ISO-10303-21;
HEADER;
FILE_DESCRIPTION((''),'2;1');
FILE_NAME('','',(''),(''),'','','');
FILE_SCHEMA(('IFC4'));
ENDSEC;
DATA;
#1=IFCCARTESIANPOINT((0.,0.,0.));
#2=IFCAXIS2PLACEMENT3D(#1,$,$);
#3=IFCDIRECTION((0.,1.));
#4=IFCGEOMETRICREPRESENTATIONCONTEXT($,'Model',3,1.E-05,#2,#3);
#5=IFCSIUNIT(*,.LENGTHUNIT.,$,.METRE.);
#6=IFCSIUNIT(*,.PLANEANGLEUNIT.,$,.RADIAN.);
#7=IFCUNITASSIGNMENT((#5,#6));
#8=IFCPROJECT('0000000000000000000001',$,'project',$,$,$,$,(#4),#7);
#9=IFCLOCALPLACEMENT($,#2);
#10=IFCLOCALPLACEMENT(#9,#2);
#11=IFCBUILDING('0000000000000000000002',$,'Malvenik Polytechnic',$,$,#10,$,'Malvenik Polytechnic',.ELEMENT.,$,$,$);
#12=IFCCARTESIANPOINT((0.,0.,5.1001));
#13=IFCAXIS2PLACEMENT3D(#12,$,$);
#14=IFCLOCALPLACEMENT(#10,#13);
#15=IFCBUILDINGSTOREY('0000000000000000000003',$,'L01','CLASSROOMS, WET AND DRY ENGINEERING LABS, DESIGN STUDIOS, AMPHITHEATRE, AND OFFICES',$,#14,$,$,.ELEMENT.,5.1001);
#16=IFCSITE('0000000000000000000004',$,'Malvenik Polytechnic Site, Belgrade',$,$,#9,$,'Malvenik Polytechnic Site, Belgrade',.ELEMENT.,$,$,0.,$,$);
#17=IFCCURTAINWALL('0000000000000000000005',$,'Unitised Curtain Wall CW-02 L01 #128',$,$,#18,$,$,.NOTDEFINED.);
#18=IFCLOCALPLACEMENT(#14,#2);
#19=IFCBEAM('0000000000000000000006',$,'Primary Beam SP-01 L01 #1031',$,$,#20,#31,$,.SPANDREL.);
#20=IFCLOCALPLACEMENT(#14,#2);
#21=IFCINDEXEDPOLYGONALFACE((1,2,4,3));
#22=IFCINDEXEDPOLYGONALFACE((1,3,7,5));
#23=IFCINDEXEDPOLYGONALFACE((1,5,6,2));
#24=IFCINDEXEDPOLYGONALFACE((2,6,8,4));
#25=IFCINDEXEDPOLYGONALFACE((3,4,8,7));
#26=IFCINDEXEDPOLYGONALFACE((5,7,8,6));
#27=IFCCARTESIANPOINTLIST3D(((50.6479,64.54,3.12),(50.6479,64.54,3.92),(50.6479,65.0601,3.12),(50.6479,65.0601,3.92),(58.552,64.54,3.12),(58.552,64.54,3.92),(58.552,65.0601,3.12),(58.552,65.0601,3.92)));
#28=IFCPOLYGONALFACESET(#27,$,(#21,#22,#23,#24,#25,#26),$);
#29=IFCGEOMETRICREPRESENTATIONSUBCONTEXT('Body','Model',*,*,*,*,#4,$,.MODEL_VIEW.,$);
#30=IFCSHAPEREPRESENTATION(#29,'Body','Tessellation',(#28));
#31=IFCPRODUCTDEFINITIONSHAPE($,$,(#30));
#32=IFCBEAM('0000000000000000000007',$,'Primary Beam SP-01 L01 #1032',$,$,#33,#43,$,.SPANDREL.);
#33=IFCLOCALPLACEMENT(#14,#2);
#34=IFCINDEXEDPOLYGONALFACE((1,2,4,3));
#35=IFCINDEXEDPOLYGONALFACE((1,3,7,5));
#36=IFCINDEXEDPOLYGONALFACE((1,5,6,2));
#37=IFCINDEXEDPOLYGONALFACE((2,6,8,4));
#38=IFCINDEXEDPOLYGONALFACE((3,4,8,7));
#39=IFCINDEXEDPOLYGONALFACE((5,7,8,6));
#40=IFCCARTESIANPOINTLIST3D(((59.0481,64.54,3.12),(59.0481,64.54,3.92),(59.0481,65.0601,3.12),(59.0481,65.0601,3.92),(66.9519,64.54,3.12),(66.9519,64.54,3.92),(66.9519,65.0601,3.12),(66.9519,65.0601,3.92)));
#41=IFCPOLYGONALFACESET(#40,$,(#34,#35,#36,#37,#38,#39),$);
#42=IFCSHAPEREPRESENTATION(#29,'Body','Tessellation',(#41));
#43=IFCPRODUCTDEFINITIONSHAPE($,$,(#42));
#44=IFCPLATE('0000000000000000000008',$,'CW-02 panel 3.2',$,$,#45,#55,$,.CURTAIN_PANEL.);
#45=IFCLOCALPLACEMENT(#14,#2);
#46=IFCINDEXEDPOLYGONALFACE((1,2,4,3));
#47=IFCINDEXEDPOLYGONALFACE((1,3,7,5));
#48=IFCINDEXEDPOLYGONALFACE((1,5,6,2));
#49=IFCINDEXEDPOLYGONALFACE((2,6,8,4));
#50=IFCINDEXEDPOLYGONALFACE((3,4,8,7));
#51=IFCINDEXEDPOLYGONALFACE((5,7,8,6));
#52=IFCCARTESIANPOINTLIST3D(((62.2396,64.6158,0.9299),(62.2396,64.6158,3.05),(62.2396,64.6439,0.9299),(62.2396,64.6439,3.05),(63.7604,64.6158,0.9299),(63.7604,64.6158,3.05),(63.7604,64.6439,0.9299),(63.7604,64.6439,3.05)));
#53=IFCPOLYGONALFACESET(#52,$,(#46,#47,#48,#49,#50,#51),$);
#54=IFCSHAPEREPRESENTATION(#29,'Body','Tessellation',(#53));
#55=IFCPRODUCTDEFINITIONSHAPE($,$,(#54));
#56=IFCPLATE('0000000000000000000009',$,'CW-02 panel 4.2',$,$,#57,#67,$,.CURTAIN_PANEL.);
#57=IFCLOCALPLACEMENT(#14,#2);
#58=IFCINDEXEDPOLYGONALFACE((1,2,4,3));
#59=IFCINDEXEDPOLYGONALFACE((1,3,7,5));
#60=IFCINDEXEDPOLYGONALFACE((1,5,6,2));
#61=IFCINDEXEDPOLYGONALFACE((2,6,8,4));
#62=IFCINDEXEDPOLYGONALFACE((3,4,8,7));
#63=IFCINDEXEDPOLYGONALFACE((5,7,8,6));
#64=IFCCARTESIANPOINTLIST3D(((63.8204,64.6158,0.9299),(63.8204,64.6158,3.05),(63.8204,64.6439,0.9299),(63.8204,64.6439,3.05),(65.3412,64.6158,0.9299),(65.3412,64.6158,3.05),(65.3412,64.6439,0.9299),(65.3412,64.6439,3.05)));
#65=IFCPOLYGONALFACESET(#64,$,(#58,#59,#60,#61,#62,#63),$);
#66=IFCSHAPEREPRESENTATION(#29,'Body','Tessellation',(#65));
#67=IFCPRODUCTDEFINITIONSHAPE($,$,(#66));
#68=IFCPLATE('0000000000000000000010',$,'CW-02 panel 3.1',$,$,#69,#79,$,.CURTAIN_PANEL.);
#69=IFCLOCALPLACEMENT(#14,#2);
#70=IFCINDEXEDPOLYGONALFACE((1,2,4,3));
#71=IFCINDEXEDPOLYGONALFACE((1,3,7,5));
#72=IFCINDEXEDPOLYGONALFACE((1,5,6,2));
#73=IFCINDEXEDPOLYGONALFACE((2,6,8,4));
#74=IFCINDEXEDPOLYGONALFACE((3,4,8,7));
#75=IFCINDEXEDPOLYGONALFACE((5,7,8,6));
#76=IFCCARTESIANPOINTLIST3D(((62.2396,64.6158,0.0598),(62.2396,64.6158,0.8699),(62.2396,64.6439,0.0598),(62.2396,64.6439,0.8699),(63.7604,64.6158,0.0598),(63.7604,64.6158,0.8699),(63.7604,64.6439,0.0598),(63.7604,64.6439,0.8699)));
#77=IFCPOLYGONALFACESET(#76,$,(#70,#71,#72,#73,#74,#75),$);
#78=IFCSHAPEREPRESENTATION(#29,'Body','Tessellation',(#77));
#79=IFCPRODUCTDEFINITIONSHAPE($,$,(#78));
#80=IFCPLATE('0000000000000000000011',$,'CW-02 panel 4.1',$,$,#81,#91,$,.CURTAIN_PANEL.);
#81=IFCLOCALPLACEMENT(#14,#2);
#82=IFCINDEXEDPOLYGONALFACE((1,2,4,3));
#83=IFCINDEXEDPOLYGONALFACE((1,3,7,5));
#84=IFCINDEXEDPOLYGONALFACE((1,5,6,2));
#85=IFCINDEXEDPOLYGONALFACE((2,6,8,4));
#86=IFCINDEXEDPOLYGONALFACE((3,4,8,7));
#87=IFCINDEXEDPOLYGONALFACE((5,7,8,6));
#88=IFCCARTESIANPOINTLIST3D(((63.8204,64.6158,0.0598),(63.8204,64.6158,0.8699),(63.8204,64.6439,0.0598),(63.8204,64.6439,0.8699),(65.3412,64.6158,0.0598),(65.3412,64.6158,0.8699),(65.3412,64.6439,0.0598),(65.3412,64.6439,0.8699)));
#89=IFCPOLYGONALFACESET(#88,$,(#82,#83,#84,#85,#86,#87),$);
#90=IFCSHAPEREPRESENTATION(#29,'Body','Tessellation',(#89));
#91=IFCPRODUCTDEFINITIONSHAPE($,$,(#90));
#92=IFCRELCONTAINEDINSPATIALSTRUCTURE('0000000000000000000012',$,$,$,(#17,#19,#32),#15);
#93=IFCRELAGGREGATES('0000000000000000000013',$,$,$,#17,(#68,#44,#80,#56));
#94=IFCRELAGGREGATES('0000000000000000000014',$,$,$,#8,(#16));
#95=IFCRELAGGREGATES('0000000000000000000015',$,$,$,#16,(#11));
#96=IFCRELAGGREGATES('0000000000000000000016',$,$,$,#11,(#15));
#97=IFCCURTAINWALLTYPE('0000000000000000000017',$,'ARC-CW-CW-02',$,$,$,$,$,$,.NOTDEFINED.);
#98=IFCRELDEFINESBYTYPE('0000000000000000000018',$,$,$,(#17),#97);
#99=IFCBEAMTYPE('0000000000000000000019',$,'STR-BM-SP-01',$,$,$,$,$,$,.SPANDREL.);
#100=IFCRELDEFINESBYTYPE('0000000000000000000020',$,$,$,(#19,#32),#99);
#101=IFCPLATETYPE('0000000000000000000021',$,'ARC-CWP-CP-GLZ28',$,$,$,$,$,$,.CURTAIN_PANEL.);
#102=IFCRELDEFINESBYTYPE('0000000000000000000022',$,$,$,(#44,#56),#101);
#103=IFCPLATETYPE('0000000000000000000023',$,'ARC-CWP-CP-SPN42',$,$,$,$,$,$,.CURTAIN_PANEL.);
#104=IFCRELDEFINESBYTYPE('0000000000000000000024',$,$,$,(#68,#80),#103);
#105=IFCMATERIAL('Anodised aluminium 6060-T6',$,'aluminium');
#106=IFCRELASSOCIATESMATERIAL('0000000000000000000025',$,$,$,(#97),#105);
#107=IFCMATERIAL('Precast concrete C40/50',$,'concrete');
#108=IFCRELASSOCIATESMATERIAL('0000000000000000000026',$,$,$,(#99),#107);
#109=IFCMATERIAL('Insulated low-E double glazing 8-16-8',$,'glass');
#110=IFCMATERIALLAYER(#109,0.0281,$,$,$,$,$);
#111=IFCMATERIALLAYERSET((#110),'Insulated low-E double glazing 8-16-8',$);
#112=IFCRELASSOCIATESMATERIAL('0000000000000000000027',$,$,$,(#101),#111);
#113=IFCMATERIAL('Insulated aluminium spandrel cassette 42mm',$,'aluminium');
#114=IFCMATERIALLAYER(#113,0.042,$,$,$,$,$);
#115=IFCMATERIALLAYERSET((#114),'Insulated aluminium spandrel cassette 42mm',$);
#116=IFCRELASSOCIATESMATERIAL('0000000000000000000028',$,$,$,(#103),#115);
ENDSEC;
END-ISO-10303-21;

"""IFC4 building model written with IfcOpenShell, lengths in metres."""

from ifc_helpers import new_model, si_unit, direction, frame, origin, origin_2d, place, context, subcontext, project, spatial, rectangle, extrude, material, layer, layer_set, material_profile, profile_set, type_object, element, aggregate, save


model = new_model("IFC4")

# Units and contexts
model_context = context("Model", 3, precision=1e-05, world=origin(), true_north=direction((0.0, 1.0)))
body_context = subcontext(model_context, "Body", "Model", "MODEL_VIEW")
ifc_project = project(units=[si_unit("LENGTHUNIT", "METRE"), si_unit("PLANEANGLEUNIT", "RADIAN")], contexts=[model_context])

# Site, building, storey
site_placement = place(None, origin())
site = spatial("IfcSite", under=ifc_project, at=site_placement, Name="Malvenik Polytechnic Site, Belgrade", LongName="Malvenik Polytechnic Site, Belgrade", CompositionType="ELEMENT", RefElevation=0.0)
building_placement = place(site_placement, origin())
building = spatial("IfcBuilding", under=site, at=building_placement, Name="Malvenik Polytechnic", LongName="Malvenik Polytechnic", CompositionType="ELEMENT")
storey_placement = place(building_placement, frame((0.0, 0.0, 5.1001)))
storey = spatial("IfcBuildingStorey", under=building, at=storey_placement, Name="L01", Description="CLASSROOMS, WET AND DRY ENGINEERING LABS, DESIGN STUDIOS, AMPHITHEATRE, AND OFFICES", CompositionType="ELEMENT", Elevation=5.1001)

# Curtain wall
ifc_material_1 = material(Name="Anodised aluminium 6060-T6", Category="aluminium")
curtain_wall_type = type_object("IfcCurtainWallType", Name="ARC-CW-CW-02", PredefinedType="NOTDEFINED", material=ifc_material_1)
curtain_wall_placement = place(storey_placement, origin())
curtain_wall = element("IfcCurtainWall", 1, at=curtain_wall_placement, inside=storey, type_object=curtain_wall_type, Name="Unitised Curtain Wall CW-02 L01 #128", PredefinedType="NOTDEFINED")

# Beams
ifc_material_2 = material(Name="Precast concrete C40/50", Category="concrete")
ifc_material_profile_1 = material_profile(ifc_material_2, rectangle(XDim=0.52, YDim=0.8, at=origin_2d()), Name="PC SPN 520x800")
ifc_profile_set_1 = profile_set([ifc_material_profile_1], Name="Precast concrete C40/50")
beam_type = type_object("IfcBeamType", Name="STR-BM-SP-01", PredefinedType="SPANDREL", material=ifc_profile_set_1)
beam_1_placement = place(storey_placement, frame((50.6479, 64.8, 3.52), z_axis=(1.0, 0.0, 0.0), x_axis=(0.0, 1.0, 0.0)))
element("IfcBeam", 2, at=beam_1_placement, inside=storey, type_object=beam_type, Name="Primary Beam SP-01 L01 #1031", PredefinedType="SPANDREL", context=body_context, shape_type="SweptSolid", body=[
    extrude(rectangle(XDim=0.52, YDim=0.8, at=origin_2d()), origin(), (0.0, 0.0, 1.0), 7.9041),
])
beam_2_placement = place(storey_placement, frame((59.0481, 64.8, 3.52), z_axis=(1.0, 0.0, 0.0), x_axis=(0.0, 1.0, 0.0)))
element("IfcBeam", 3, at=beam_2_placement, inside=storey, type_object=beam_type, Name="Primary Beam SP-01 L01 #1032", PredefinedType="SPANDREL", context=body_context, shape_type="SweptSolid", body=[
    extrude(rectangle(XDim=0.52, YDim=0.8, at=origin_2d()), origin(), (0.0, 0.0, 1.0), 7.9038),
])

# Plates
ifc_material_3 = material(Name="Insulated low-E double glazing 8-16-8", Category="glass")
ifc_layer_1 = layer(ifc_material_3, 0.0281)
ifc_layer_set_1 = layer_set([ifc_layer_1], Name="Insulated low-E double glazing 8-16-8")
plate_type_1 = type_object("IfcPlateType", Name="ARC-CWP-CP-GLZ28", PredefinedType="CURTAIN_PANEL", material=ifc_layer_set_1)
plate_1_placement = place(storey_placement, frame((63.0, 64.6299, 0.9299), z_axis=(0.0, 0.0, 1.0), x_axis=(1.0, 0.0, 0.0)))
plate_1 = element("IfcPlate", 4, at=plate_1_placement, type_object=plate_type_1, Name="CW-02 panel 3.2", PredefinedType="CURTAIN_PANEL", context=body_context, shape_type="SweptSolid", body=[
    extrude(rectangle(XDim=1.5208, YDim=0.0281, at=origin_2d()), origin(), (0.0, 0.0, 1.0), 2.1201),
])
plate_2_placement = place(storey_placement, frame((64.5808, 64.6299, 0.9299), z_axis=(0.0, 0.0, 1.0), x_axis=(1.0, 0.0, 0.0)))
plate_2 = element("IfcPlate", 5, at=plate_2_placement, type_object=plate_type_1, Name="CW-02 panel 4.2", PredefinedType="CURTAIN_PANEL", context=body_context, shape_type="SweptSolid", body=[
    extrude(rectangle(XDim=1.5208, YDim=0.0281, at=origin_2d()), origin(), (0.0, 0.0, 1.0), 2.1201),
])
ifc_material_4 = material(Name="Insulated aluminium spandrel cassette 42mm", Category="aluminium")
ifc_layer_2 = layer(ifc_material_4, 0.042)
ifc_layer_set_2 = layer_set([ifc_layer_2], Name="Insulated aluminium spandrel cassette 42mm")
plate_type_2 = type_object("IfcPlateType", Name="ARC-CWP-CP-SPN42", PredefinedType="CURTAIN_PANEL", material=ifc_layer_set_2)
plate_3_placement = place(storey_placement, frame((63.0, 64.6299, 0.0598), z_axis=(0.0, 0.0, 1.0), x_axis=(1.0, 0.0, 0.0)))
plate_3 = element("IfcPlate", 6, at=plate_3_placement, type_object=plate_type_2, Name="CW-02 panel 3.1", PredefinedType="CURTAIN_PANEL", context=body_context, shape_type="SweptSolid", body=[
    extrude(rectangle(XDim=1.5208, YDim=0.0281, at=origin_2d()), origin(), (0.0, 0.0, 1.0), 0.8101),
])
plate_4_placement = place(storey_placement, frame((64.5808, 64.6299, 0.0598), z_axis=(0.0, 0.0, 1.0), x_axis=(1.0, 0.0, 0.0)))
plate_4 = element("IfcPlate", 7, at=plate_4_placement, type_object=plate_type_2, Name="CW-02 panel 4.1", PredefinedType="CURTAIN_PANEL", context=body_context, shape_type="SweptSolid", body=[
    extrude(rectangle(XDim=1.5208, YDim=0.0281, at=origin_2d()), origin(), (0.0, 0.0, 1.0), 0.8101),
])
aggregate(curtain_wall, [plate_3, plate_1, plate_4, plate_2])

save(model, "model.ifc")
